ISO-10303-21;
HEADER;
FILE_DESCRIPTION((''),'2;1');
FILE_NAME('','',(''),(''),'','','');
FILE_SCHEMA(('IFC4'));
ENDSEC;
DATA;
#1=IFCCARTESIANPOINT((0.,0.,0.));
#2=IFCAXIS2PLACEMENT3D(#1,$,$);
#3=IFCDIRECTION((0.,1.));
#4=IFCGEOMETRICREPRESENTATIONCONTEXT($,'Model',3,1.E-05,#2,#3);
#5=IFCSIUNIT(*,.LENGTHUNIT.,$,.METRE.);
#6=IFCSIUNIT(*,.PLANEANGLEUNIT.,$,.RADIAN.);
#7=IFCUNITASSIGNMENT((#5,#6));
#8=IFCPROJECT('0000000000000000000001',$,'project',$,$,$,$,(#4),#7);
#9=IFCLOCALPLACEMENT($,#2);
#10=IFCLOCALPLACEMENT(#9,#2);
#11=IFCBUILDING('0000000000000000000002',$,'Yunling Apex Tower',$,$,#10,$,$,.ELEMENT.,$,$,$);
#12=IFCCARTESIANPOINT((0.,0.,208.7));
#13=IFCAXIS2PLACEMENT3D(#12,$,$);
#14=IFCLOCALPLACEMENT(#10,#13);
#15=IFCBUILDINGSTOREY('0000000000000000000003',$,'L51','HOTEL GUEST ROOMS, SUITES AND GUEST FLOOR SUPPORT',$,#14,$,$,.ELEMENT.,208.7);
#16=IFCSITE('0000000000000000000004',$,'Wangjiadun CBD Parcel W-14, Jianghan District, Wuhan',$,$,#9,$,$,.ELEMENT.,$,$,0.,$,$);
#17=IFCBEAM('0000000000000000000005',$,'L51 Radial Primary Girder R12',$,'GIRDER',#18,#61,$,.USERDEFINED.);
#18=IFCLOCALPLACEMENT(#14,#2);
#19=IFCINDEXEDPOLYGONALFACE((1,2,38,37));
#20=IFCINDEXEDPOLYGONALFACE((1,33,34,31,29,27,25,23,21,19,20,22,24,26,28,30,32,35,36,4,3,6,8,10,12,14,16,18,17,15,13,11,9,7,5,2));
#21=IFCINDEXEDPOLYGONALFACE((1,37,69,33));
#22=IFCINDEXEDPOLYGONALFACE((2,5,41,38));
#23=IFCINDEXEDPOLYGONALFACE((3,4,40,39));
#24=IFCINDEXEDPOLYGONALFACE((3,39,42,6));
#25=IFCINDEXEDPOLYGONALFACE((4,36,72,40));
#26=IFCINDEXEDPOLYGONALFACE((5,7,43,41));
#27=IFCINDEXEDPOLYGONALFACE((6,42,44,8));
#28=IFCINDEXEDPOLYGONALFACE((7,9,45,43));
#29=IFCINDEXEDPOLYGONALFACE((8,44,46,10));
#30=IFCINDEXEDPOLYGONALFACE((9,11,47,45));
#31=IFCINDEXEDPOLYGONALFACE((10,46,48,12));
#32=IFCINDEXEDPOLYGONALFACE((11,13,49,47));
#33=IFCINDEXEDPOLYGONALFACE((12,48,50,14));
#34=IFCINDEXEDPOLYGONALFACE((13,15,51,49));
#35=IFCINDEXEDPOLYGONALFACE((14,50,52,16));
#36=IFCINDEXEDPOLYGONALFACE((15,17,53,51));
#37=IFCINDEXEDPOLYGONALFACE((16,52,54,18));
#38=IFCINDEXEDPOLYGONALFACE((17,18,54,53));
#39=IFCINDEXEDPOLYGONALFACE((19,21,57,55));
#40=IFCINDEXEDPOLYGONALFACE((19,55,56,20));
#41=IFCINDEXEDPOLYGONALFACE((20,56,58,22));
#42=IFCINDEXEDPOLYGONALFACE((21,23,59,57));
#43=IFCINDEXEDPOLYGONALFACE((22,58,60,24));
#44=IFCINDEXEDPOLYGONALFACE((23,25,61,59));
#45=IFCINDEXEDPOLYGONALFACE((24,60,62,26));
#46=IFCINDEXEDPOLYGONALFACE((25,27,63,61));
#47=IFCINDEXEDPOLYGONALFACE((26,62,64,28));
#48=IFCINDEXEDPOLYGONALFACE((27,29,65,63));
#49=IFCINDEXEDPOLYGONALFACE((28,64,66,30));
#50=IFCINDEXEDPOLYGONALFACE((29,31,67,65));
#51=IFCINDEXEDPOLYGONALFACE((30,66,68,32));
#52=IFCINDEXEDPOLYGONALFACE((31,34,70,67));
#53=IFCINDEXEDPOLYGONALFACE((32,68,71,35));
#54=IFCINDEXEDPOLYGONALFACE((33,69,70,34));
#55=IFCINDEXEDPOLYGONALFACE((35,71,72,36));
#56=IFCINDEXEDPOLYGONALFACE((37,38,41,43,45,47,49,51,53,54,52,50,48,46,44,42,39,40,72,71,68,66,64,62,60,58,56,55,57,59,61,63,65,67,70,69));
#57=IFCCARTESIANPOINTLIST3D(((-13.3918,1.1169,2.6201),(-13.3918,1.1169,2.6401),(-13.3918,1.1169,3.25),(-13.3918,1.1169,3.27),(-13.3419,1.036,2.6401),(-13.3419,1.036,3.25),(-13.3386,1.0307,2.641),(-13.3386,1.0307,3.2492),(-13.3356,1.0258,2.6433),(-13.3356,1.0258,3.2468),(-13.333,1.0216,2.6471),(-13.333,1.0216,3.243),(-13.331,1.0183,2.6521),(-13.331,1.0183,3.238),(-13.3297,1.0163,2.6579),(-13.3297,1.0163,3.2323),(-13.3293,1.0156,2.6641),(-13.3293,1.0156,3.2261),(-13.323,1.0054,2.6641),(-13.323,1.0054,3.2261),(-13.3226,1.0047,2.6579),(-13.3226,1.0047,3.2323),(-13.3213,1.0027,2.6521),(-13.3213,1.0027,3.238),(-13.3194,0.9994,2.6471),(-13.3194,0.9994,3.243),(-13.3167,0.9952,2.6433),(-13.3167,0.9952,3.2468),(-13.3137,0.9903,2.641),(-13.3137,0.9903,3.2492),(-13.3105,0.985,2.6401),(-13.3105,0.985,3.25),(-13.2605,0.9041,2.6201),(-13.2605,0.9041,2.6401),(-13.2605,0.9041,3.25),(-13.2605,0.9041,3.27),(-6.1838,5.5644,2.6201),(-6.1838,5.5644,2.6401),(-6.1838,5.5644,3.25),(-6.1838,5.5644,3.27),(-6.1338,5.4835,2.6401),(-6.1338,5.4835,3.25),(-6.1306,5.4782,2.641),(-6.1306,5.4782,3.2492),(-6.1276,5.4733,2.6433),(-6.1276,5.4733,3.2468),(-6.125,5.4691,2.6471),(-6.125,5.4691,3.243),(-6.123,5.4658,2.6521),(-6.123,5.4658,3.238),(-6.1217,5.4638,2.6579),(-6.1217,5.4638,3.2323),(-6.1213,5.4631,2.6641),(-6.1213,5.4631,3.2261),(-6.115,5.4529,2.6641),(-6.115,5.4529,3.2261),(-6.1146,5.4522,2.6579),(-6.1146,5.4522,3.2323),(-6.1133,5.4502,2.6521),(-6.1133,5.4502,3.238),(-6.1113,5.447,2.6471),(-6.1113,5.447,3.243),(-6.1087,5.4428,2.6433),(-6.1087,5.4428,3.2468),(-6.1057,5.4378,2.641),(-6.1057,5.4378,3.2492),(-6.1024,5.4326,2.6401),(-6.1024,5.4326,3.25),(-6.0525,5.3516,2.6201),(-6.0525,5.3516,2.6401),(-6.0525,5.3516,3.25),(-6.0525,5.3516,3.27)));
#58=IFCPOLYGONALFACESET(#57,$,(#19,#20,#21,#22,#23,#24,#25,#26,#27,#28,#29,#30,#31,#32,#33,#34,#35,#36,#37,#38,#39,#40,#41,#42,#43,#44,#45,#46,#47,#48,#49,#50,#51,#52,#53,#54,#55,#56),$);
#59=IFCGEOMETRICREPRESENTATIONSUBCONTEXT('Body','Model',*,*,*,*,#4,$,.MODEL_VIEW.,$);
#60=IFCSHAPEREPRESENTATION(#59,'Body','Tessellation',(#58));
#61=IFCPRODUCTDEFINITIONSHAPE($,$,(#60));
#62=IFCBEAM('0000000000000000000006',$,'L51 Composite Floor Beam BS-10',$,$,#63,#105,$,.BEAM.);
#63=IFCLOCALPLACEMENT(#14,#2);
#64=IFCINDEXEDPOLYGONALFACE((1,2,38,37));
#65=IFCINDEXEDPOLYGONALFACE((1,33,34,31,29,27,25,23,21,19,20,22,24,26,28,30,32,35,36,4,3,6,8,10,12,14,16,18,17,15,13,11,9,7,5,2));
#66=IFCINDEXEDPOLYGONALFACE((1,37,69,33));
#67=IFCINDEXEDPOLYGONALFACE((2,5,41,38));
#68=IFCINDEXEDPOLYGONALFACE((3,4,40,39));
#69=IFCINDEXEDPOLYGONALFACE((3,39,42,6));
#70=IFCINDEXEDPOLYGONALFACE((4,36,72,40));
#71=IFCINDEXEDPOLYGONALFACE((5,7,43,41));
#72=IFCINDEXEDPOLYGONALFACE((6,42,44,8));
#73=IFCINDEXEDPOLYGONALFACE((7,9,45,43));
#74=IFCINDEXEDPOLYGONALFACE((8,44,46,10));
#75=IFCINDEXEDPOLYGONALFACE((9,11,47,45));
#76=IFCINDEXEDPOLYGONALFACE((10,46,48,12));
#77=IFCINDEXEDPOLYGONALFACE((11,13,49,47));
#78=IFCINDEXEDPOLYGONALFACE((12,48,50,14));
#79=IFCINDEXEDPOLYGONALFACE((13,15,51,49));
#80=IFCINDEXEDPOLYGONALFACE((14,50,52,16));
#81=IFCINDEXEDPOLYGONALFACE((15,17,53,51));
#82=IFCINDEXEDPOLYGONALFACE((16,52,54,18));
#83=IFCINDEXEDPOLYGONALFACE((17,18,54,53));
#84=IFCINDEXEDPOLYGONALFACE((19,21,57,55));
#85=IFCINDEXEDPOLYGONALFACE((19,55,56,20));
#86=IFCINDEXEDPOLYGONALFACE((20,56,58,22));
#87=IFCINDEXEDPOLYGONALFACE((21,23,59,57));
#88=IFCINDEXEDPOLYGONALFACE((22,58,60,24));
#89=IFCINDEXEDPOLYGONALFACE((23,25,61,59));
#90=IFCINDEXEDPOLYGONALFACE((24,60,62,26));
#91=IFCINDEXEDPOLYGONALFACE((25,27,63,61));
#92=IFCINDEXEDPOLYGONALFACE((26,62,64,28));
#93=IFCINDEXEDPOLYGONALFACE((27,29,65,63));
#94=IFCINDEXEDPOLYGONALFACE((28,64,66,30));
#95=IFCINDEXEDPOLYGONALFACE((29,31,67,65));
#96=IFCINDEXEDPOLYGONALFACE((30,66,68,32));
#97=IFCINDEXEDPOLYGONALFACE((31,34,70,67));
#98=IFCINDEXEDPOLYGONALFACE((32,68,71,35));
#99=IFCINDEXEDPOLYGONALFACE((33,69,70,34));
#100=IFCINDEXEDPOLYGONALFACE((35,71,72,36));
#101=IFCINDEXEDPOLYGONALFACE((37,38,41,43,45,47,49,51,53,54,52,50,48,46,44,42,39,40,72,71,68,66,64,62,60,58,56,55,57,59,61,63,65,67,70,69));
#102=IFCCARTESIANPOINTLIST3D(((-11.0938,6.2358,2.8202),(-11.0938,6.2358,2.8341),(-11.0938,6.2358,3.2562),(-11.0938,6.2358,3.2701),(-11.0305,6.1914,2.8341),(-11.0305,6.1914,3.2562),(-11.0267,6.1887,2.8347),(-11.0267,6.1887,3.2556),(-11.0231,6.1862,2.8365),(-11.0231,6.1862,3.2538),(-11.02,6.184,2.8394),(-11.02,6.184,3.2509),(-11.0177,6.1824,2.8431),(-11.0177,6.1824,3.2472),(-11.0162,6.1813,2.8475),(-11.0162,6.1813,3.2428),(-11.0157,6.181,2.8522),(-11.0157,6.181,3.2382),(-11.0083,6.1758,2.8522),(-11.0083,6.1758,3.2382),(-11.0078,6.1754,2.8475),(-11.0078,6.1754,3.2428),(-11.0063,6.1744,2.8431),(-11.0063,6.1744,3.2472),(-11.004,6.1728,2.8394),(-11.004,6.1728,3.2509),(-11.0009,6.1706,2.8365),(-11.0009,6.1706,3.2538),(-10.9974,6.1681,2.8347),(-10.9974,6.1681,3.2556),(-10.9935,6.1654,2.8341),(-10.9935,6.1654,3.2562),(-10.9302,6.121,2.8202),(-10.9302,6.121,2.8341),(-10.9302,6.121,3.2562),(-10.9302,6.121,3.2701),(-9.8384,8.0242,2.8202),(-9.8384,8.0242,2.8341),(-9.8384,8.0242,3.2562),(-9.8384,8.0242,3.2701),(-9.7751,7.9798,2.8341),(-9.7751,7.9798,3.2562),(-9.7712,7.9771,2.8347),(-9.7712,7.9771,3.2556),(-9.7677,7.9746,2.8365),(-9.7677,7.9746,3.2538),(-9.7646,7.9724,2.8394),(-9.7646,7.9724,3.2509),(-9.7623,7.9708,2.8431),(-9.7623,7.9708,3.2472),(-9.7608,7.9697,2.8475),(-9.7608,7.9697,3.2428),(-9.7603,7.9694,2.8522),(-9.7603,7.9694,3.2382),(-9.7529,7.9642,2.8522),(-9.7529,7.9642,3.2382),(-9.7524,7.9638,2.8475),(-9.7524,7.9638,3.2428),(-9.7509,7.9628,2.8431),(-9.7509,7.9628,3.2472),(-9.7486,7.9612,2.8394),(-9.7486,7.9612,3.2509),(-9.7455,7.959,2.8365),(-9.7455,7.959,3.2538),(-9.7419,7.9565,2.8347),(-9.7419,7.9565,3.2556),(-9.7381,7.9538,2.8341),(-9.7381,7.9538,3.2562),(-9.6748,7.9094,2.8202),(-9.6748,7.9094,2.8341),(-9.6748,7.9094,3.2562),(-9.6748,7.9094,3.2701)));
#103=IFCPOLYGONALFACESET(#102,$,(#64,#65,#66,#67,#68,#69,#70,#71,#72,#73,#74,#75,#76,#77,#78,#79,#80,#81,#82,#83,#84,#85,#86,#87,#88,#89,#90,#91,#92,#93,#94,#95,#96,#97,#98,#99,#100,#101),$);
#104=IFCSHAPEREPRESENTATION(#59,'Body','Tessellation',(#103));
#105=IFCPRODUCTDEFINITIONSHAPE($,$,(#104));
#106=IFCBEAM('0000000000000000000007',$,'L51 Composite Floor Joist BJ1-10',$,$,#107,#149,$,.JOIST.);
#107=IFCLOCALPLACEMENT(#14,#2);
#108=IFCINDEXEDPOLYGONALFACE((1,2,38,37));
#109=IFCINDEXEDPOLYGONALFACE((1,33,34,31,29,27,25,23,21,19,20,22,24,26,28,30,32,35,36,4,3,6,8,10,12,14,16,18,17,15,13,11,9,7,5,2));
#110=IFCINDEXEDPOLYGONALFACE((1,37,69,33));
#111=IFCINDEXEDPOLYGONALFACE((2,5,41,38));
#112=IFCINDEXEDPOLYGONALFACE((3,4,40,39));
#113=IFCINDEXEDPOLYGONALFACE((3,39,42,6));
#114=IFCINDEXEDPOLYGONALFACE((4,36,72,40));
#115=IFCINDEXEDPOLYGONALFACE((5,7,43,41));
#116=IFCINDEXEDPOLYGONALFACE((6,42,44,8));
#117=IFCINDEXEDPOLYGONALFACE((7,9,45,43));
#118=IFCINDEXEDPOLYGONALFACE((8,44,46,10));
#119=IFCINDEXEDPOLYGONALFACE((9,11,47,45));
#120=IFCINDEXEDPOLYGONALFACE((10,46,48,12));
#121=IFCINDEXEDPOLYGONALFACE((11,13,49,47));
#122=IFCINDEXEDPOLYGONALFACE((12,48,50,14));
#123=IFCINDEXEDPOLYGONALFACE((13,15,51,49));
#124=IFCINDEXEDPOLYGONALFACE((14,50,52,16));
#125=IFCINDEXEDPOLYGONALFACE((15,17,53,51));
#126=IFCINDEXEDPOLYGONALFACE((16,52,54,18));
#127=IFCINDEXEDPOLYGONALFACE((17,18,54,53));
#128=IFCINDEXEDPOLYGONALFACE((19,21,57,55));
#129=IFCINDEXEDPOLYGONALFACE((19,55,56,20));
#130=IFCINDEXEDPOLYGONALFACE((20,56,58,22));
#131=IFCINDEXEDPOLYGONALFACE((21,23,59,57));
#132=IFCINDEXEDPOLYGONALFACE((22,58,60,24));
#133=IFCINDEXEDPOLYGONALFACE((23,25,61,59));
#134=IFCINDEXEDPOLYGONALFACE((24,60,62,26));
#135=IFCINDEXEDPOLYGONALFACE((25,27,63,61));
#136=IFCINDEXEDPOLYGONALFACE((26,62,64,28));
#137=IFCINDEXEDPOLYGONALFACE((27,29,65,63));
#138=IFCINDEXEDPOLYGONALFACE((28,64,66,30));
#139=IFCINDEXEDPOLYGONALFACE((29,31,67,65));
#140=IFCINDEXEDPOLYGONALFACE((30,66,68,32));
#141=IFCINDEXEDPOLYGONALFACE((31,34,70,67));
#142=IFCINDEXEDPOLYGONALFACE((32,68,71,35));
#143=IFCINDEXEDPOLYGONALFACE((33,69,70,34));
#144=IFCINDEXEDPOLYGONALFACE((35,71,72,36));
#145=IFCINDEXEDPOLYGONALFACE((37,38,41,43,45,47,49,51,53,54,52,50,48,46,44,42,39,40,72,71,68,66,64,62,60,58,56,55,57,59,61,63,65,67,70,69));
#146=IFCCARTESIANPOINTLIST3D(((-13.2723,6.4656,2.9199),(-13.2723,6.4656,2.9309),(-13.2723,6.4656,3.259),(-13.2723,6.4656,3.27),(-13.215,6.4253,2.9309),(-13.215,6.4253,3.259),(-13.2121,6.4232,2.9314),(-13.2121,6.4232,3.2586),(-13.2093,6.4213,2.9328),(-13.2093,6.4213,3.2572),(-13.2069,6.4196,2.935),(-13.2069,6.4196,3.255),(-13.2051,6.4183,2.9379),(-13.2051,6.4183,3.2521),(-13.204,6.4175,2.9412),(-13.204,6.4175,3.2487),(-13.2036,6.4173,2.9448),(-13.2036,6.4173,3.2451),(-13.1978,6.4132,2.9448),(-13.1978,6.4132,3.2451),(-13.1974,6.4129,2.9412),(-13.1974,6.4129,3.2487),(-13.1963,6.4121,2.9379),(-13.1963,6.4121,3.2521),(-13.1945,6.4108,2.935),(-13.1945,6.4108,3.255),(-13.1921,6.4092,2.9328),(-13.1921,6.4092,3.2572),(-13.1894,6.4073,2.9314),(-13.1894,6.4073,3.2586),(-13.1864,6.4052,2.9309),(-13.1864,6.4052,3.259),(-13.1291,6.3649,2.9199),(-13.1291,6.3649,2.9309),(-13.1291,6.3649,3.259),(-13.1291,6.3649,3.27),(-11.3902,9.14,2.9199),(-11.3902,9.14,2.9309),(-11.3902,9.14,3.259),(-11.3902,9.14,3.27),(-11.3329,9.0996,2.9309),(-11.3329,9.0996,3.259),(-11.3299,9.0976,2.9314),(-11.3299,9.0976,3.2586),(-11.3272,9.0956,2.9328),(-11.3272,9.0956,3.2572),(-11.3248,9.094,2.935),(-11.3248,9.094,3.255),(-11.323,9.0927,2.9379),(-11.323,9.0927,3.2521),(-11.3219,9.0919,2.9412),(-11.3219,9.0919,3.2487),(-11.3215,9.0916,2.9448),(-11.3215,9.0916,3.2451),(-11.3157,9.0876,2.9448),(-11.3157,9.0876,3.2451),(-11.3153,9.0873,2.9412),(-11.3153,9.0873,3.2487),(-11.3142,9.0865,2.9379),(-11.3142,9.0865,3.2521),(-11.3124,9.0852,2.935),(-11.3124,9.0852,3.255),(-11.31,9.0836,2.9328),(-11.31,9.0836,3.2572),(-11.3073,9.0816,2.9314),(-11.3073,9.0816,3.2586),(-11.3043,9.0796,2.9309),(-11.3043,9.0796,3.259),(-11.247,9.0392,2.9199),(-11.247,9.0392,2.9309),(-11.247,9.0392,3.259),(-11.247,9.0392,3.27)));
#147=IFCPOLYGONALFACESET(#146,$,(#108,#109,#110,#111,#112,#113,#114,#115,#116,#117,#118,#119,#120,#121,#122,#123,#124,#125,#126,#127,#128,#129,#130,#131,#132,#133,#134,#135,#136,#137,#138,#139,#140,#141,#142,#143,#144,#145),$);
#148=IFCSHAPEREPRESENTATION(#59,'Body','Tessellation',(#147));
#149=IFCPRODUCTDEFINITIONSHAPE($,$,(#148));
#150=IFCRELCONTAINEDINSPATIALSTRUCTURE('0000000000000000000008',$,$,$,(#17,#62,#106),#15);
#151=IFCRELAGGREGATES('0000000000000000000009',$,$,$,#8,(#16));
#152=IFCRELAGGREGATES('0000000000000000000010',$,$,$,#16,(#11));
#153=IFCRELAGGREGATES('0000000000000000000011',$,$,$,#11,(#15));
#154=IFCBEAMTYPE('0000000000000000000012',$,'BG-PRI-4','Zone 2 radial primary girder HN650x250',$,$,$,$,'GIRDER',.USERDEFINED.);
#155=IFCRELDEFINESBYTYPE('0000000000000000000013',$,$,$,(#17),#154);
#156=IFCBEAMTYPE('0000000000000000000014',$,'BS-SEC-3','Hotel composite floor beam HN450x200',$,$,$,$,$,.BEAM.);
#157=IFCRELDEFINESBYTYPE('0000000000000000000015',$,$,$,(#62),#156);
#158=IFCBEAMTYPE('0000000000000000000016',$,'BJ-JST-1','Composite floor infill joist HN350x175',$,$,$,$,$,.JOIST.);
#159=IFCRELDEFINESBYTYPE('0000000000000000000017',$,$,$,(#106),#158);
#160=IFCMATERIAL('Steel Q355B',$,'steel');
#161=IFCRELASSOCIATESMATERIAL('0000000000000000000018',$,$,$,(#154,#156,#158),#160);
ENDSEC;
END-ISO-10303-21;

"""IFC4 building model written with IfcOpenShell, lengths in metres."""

from ifc_helpers import new_model, si_unit, direction, frame, origin, origin_2d, place, context, subcontext, project, spatial, i_section, extrude, source, transform, mapped, material, material_profile, profile_set, type_object, element, save


model = new_model("IFC4")

# Units and contexts
model_context = context("Model", 3, precision=1e-05, world=origin(), true_north=direction((0.0, 1.0)))
body_context = subcontext(model_context, "Body", "Model", "MODEL_VIEW")
ifc_project = project(units=[si_unit("LENGTHUNIT", "METRE"), si_unit("PLANEANGLEUNIT", "RADIAN")], contexts=[model_context])

# Site, building, storey
site_placement = place(None, origin())
site = spatial("IfcSite", under=ifc_project, at=site_placement, Name="Wangjiadun CBD Parcel W-14, Jianghan District, Wuhan", CompositionType="ELEMENT", RefElevation=0.0)
building_placement = place(site_placement, origin())
building = spatial("IfcBuilding", under=site, at=building_placement, Name="Yunling Apex Tower", CompositionType="ELEMENT")
storey_placement = place(building_placement, frame((0.0, 0.0, 208.7)))
storey = spatial("IfcBuildingStorey", under=building, at=storey_placement, Name="L51", Description="HOTEL GUEST ROOMS, SUITES AND GUEST FLOOR SUPPORT", CompositionType="ELEMENT", Elevation=208.7)

# Beams
ifc_material_1 = material(Name="Steel Q355B", Category="steel")
ifc_material_profile_1 = material_profile(ifc_material_1, i_section(OverallWidth=0.25, OverallDepth=0.6499, WebThickness=0.012, FlangeThickness=0.02, FilletRadius=0.0239, at=origin_2d()))
ifc_profile_set_1 = profile_set([ifc_material_profile_1], Name="Steel Q355B")
beam_type_1 = type_object("IfcBeamType", Name="BG-PRI-4", Description="Zone 2 radial primary girder HN650x250", ElementType="GIRDER", PredefinedType="USERDEFINED", material=ifc_profile_set_1)
shared_shape_1 = source(origin(), body_context, "Body", "SweptSolid", [
    extrude(i_section(OverallWidth=0.25, OverallDepth=0.6499, WebThickness=0.012, FlangeThickness=0.02, FilletRadius=0.0239, at=origin_2d()), origin(), (0.0, 0.0, 1.0), 8.4697),
])
beam_1_placement = place(storey_placement, frame((-13.3262, 1.0105, 2.9451), z_axis=(0.851035, 0.525109, 0.0), x_axis=(-0.525109, 0.851035, 0.0)))
element("IfcBeam", 1, at=beam_1_placement, inside=storey, type_object=beam_type_1, Name="L51 Radial Primary Girder R12", ObjectType="GIRDER", PredefinedType="USERDEFINED", context=body_context, shape_type="MappedRepresentation", body=[
    mapped(shared_shape_1, transform((0.0, 0.0, 0.0), scale=1.0)),
])
ifc_material_profile_2 = material_profile(ifc_material_1, i_section(OverallWidth=0.2, OverallDepth=0.45, WebThickness=0.009, FlangeThickness=0.0139, FilletRadius=0.0181, at=origin_2d()))
ifc_profile_set_2 = profile_set([ifc_material_profile_2], Name="Steel Q355B")
beam_type_2 = type_object("IfcBeamType", Name="BS-SEC-3", Description="Hotel composite floor beam HN450x200", PredefinedType="BEAM", material=ifc_profile_set_2)
shared_shape_2 = source(origin(), body_context, "Body", "SweptSolid", [
    extrude(i_section(OverallWidth=0.2, OverallDepth=0.45, WebThickness=0.009, FlangeThickness=0.0139, FilletRadius=0.0181, at=origin_2d()), origin(), (0.0, 0.0, 1.0), 2.1851),
])
beam_2_placement = place(storey_placement, frame((-9.7566, 7.9668, 3.0452), z_axis=(-0.574549, -0.81847, 0.0), x_axis=(0.81847, -0.574549, 0.0)))
element("IfcBeam", 2, at=beam_2_placement, inside=storey, type_object=beam_type_2, Name="L51 Composite Floor Beam BS-10", PredefinedType="BEAM", context=body_context, shape_type="MappedRepresentation", body=[
    mapped(shared_shape_2, transform((0.0, 0.0, 0.0), scale=1.0)),
])
ifc_material_profile_3 = material_profile(ifc_material_1, i_section(OverallWidth=0.175, OverallDepth=0.3501, WebThickness=0.0071, FlangeThickness=0.011, FilletRadius=0.0139, at=origin_2d()))
ifc_profile_set_3 = profile_set([ifc_material_profile_3], Name="Steel Q355B")
beam_type_3 = type_object("IfcBeamType", Name="BJ-JST-1", Description="Composite floor infill joist HN350x175", PredefinedType="JOIST", material=ifc_profile_set_3)
shared_shape_3 = source(origin(), body_context, "Body", "SweptSolid", [
    extrude(i_section(OverallWidth=0.175, OverallDepth=0.3501, WebThickness=0.0071, FlangeThickness=0.011, FilletRadius=0.0139, at=origin_2d()), origin(), (0.0, 0.0, 1.0), 3.2703),
])
beam_3_placement = place(storey_placement, frame((-11.3186, 9.0896, 3.095), z_axis=(-0.575525, -0.817784, 0.0), x_axis=(0.817784, -0.575525, 0.0)))
element("IfcBeam", 3, at=beam_3_placement, inside=storey, type_object=beam_type_3, Name="L51 Composite Floor Joist BJ1-10", PredefinedType="JOIST", context=body_context, shape_type="MappedRepresentation", body=[
    mapped(shared_shape_3, transform((0.0, 0.0, 0.0), scale=1.0)),
])

save(model, "model.ifc")
